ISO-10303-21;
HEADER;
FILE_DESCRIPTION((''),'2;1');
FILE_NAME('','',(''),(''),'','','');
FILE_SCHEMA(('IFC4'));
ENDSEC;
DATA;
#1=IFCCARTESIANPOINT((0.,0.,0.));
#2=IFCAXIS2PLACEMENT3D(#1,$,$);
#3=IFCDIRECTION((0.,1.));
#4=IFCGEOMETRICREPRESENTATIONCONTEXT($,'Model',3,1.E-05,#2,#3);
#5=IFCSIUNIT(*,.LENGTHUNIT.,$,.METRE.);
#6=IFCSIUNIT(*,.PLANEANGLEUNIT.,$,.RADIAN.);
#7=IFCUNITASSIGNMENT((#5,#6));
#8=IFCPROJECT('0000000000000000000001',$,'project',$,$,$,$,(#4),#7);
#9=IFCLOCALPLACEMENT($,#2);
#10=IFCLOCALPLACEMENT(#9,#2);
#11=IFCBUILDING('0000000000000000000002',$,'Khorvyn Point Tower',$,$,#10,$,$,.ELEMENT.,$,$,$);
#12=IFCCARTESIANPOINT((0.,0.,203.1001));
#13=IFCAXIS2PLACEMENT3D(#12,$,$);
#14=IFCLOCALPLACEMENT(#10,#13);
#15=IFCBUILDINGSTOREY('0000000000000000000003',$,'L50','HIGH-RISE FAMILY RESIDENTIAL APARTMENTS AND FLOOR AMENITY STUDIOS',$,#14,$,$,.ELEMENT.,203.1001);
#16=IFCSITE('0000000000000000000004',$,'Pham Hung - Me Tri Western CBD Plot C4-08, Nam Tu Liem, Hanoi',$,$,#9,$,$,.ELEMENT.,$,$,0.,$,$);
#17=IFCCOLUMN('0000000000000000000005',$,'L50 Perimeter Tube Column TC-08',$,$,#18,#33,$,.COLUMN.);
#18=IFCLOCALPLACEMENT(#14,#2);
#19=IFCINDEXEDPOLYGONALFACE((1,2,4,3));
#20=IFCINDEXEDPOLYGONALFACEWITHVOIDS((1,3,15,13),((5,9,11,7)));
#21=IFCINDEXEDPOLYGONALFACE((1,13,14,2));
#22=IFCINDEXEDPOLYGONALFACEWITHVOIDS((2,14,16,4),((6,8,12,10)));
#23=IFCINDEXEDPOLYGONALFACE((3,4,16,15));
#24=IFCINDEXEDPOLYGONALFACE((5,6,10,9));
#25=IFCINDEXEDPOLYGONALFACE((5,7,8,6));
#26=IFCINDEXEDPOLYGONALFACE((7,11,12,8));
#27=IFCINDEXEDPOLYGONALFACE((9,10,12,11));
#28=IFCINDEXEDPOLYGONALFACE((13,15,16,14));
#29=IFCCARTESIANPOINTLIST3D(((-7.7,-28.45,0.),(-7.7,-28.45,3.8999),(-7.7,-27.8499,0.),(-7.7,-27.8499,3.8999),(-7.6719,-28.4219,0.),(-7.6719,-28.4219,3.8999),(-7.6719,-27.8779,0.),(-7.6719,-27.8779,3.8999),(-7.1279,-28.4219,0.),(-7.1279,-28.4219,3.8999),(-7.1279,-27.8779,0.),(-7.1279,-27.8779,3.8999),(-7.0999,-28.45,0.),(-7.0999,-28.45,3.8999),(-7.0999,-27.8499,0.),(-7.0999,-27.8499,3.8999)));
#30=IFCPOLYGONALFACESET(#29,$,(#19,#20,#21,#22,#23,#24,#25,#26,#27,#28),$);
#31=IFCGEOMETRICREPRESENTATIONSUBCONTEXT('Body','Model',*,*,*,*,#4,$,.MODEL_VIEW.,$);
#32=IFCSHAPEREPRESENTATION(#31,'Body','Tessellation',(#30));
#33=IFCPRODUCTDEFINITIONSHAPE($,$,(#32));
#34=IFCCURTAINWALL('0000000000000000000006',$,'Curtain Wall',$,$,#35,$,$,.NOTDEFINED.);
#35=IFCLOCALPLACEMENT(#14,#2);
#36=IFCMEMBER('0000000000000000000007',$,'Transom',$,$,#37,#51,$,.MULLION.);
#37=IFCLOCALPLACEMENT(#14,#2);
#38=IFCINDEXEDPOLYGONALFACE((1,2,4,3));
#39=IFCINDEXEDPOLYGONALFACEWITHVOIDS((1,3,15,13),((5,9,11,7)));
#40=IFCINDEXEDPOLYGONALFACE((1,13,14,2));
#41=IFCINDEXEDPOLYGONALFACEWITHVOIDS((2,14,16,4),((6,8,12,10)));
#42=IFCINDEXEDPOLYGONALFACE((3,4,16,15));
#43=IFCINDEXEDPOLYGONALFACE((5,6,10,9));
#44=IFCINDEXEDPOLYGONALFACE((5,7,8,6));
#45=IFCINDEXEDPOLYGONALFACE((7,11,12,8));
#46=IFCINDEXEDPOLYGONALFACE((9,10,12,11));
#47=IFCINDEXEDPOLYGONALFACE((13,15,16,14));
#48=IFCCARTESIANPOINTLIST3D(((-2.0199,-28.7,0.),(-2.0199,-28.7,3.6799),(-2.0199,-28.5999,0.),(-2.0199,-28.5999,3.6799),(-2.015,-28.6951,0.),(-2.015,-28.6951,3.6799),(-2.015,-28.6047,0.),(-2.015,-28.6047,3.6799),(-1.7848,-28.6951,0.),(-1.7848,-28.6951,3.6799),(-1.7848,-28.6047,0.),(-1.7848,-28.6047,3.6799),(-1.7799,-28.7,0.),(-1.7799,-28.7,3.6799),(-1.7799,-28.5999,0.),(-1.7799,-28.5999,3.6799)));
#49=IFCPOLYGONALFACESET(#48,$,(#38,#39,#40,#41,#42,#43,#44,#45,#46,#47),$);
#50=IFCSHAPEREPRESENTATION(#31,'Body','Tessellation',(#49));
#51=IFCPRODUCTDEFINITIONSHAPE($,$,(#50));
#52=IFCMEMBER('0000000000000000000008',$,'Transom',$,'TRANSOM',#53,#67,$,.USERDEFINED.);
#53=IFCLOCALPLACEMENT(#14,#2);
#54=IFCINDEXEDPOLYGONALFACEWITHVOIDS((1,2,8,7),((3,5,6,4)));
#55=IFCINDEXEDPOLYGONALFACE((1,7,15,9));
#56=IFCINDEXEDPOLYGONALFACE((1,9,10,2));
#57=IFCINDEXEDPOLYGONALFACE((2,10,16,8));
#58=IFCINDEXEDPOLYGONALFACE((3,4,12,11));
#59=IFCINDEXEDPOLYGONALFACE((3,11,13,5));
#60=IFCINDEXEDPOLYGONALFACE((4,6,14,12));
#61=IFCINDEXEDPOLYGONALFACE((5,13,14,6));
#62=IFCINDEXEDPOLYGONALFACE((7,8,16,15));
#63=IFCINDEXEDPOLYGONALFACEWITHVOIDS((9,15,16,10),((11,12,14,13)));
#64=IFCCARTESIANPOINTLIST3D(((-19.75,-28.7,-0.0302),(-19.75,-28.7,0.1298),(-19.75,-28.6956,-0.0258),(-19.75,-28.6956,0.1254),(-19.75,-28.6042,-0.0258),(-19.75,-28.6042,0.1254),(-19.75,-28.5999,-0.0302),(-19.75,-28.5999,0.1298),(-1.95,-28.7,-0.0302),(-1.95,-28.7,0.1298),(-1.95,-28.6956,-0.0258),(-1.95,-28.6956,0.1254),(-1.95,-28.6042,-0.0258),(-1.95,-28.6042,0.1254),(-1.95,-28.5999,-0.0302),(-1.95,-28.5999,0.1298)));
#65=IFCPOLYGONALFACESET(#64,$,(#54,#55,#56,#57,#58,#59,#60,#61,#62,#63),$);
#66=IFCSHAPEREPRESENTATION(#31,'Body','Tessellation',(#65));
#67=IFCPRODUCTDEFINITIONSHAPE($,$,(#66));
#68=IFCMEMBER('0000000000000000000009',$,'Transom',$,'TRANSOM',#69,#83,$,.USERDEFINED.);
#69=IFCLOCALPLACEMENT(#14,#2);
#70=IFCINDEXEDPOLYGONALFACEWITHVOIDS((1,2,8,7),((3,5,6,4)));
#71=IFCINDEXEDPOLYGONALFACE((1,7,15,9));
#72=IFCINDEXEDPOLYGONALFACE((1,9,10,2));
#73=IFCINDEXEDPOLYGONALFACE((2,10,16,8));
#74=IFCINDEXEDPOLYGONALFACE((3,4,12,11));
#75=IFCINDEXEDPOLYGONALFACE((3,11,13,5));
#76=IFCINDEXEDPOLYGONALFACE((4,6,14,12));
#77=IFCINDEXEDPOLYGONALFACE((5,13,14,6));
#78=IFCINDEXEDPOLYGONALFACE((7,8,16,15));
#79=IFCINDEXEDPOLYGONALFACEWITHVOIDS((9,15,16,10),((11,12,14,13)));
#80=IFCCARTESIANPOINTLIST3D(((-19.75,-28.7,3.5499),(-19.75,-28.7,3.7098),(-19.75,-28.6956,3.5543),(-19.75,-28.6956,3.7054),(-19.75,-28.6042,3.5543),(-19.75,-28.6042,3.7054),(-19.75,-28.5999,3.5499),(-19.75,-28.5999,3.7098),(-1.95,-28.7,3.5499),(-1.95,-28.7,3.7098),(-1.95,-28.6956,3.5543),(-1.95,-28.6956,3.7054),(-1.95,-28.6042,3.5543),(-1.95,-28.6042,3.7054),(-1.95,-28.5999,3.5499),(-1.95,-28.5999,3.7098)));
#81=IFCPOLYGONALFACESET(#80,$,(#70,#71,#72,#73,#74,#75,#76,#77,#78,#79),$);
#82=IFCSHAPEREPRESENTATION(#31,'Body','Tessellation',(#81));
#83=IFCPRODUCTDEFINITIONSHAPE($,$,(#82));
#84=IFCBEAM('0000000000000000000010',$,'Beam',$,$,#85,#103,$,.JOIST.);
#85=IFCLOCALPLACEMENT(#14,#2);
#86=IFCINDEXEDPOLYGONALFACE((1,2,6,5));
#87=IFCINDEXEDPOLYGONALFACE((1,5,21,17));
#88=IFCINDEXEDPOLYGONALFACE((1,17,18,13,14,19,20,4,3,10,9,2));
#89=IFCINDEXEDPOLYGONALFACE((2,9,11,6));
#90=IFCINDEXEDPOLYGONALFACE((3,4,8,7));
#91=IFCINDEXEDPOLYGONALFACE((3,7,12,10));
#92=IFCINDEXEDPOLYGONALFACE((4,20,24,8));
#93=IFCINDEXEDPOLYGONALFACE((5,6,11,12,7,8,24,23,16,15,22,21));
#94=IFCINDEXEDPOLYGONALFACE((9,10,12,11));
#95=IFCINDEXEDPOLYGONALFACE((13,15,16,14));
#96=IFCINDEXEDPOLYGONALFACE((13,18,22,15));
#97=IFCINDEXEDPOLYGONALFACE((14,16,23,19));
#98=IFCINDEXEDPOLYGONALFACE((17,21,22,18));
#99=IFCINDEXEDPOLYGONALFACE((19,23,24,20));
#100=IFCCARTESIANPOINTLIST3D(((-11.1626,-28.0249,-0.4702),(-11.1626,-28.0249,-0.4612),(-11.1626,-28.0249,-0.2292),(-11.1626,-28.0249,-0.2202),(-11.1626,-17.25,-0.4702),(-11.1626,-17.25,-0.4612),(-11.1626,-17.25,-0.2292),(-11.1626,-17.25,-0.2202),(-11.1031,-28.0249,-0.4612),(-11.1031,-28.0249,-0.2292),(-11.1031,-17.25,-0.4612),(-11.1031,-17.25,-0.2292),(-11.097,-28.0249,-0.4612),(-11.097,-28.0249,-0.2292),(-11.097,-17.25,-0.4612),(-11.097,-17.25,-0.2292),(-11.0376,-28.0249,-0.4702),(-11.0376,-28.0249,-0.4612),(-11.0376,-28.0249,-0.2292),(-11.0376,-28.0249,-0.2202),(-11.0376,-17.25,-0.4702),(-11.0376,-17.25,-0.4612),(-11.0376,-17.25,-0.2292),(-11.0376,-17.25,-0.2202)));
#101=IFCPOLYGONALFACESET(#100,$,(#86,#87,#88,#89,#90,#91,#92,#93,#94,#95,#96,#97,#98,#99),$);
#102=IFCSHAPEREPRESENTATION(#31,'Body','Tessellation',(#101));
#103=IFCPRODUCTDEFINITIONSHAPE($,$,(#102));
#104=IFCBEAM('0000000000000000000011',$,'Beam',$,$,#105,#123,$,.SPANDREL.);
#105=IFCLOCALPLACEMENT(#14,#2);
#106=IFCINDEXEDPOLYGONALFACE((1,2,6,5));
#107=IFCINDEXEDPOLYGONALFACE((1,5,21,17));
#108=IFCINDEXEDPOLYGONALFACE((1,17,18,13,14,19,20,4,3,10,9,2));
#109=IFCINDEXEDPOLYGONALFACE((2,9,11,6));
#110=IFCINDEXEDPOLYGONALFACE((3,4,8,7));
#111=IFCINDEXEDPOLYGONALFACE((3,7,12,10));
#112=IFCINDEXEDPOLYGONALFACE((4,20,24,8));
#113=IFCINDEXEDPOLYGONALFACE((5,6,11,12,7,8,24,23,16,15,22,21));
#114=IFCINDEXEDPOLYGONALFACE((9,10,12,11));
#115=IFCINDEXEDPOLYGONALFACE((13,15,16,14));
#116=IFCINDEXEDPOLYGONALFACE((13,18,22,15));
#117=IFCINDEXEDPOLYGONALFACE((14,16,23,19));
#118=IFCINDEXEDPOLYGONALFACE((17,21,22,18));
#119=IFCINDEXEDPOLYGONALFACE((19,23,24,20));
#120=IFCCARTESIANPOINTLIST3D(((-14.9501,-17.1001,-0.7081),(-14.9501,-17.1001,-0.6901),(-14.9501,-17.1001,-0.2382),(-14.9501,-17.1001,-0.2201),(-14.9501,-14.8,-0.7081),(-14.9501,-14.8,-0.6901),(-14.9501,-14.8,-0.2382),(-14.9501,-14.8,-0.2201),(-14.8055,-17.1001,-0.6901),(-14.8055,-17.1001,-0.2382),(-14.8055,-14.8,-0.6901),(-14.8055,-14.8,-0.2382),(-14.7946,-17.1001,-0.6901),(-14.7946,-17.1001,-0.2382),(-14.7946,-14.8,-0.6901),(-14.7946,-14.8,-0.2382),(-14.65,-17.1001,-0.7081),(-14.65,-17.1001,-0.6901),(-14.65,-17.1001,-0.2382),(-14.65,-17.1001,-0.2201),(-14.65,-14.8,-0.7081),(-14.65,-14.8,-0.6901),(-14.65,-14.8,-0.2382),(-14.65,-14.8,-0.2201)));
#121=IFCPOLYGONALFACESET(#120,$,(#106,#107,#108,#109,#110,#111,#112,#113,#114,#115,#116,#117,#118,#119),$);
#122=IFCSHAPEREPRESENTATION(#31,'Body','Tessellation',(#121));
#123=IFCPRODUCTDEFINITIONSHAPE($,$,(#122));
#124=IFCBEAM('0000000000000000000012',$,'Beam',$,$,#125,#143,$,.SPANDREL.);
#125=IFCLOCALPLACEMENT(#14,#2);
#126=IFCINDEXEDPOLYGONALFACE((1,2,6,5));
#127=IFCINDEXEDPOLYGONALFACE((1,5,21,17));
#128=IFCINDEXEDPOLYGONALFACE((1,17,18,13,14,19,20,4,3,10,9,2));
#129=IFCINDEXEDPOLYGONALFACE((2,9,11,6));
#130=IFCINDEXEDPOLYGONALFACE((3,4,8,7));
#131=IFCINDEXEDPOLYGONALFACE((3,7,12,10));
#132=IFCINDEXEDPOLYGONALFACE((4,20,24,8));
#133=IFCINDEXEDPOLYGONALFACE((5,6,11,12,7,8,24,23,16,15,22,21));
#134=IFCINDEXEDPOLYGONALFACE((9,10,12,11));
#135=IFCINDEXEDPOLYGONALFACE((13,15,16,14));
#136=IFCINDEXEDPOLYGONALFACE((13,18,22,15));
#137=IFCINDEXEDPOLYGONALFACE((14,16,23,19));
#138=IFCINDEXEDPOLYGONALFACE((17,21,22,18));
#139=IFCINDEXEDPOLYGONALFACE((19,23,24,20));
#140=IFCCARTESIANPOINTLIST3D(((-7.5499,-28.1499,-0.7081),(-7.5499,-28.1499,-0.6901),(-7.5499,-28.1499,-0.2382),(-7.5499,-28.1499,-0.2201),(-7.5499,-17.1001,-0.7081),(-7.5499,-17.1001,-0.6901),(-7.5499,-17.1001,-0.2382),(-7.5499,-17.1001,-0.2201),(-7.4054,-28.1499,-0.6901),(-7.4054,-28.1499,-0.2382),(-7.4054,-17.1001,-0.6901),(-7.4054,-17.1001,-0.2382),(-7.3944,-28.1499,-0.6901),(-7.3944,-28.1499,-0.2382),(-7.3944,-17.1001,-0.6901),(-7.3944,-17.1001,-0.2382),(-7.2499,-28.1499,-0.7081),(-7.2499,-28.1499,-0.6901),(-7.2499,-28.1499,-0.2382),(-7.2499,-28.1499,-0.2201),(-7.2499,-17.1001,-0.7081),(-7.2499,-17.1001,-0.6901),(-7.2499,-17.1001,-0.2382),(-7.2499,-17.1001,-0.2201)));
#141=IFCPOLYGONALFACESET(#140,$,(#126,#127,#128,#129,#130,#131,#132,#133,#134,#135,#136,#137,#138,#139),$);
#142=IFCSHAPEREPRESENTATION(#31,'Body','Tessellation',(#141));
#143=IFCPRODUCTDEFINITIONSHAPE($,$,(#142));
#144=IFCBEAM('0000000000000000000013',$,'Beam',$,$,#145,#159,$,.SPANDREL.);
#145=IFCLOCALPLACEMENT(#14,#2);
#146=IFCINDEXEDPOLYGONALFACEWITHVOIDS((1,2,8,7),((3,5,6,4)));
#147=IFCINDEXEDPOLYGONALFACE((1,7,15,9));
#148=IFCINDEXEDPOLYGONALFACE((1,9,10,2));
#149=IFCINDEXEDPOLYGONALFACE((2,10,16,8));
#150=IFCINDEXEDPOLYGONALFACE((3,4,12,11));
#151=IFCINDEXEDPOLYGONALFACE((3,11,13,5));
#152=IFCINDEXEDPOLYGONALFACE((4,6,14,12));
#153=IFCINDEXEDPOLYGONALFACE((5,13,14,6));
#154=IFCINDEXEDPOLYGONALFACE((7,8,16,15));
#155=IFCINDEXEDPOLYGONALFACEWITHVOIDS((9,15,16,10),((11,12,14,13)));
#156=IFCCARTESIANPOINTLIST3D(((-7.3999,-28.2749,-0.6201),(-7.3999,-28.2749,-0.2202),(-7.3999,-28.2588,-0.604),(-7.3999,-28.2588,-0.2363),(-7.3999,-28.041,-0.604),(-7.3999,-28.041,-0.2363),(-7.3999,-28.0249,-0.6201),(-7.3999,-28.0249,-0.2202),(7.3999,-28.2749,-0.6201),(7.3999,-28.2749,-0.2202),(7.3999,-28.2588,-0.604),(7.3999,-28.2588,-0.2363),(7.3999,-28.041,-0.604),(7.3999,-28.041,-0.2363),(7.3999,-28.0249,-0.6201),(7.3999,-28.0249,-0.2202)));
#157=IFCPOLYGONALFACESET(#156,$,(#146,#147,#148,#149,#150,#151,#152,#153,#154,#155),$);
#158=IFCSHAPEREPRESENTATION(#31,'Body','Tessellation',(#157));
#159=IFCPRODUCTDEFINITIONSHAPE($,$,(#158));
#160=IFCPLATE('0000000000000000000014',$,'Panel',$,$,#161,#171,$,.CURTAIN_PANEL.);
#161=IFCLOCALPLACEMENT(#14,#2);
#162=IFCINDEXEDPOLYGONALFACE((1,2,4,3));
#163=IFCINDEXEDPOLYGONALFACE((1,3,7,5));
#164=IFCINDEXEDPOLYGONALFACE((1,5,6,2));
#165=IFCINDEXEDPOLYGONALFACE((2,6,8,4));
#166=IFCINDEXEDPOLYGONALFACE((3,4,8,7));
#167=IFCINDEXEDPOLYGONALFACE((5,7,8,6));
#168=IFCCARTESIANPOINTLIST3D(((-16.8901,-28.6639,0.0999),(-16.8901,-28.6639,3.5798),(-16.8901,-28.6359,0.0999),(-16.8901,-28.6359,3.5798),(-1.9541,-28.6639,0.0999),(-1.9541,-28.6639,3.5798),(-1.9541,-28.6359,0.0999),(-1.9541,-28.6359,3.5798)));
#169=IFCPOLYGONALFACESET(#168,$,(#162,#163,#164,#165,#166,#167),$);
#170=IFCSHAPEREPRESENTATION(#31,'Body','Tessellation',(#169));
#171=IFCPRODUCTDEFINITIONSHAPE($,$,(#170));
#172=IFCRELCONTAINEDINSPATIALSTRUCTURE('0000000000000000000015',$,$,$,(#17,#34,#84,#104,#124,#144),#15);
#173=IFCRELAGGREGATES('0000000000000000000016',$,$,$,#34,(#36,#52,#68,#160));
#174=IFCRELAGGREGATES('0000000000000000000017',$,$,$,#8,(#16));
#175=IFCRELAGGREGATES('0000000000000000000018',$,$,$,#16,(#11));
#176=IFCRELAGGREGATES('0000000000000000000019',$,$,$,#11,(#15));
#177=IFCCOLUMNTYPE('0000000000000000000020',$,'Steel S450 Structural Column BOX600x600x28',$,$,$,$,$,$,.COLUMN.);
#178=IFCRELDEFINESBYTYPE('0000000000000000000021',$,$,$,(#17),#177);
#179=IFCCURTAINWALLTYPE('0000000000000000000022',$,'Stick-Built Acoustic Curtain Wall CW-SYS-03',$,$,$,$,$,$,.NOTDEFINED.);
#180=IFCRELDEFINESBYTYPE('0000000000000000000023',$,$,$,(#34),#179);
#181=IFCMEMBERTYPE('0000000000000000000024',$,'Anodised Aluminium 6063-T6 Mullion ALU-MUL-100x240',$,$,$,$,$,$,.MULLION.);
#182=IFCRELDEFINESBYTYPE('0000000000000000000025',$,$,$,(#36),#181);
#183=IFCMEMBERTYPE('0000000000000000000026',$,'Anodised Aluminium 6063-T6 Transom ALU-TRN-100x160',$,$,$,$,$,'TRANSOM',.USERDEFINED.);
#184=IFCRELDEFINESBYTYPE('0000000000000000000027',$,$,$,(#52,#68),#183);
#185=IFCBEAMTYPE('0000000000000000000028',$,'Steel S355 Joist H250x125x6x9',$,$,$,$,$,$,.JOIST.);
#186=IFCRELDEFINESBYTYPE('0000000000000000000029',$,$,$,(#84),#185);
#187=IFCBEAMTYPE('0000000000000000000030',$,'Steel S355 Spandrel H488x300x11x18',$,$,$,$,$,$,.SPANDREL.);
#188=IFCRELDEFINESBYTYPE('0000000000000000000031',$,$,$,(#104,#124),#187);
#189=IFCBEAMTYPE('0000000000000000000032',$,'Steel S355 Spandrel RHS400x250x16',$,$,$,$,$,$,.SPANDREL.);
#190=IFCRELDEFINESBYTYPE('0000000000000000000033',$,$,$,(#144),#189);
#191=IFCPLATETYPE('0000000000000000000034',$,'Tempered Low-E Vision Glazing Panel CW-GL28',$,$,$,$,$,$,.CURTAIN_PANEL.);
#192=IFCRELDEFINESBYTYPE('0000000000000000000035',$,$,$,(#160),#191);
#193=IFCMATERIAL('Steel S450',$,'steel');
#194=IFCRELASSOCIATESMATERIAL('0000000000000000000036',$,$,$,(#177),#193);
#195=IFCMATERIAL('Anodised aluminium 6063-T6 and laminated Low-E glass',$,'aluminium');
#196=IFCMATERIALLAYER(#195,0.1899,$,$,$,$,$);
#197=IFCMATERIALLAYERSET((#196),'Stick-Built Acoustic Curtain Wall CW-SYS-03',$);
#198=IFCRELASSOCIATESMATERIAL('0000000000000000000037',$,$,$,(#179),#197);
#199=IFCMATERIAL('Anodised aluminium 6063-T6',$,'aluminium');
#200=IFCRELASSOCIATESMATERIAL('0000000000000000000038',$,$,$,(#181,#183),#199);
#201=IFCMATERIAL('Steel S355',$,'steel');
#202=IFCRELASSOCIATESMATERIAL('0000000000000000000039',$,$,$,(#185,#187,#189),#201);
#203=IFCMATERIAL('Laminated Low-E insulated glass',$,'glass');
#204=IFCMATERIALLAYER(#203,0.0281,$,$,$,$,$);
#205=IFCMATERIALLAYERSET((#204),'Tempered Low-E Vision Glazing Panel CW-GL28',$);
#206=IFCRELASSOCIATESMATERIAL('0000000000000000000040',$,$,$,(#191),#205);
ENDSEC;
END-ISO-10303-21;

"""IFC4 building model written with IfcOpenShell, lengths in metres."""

from ifc_helpers import new_model, si_unit, direction, frame, origin, origin_2d, place, context, subcontext, project, spatial, rectangle, hollow_rectangle, i_section, extrude, material, layer, layer_set, material_profile, profile_set, type_object, element, aggregate, save


model = new_model("IFC4")

# Units and contexts
model_context = context("Model", 3, precision=1e-05, world=origin(), true_north=direction((0.0, 1.0)))
body_context = subcontext(model_context, "Body", "Model", "MODEL_VIEW")
ifc_project = project(units=[si_unit("LENGTHUNIT", "METRE"), si_unit("PLANEANGLEUNIT", "RADIAN")], contexts=[model_context])

# Site, building, storey
site_placement = place(None, origin())
site = spatial("IfcSite", under=ifc_project, at=site_placement, Name="Pham Hung - Me Tri Western CBD Plot C4-08, Nam Tu Liem, Hanoi", CompositionType="ELEMENT", RefElevation=0.0)
building_placement = place(site_placement, origin())
building = spatial("IfcBuilding", under=site, at=building_placement, Name="Khorvyn Point Tower", CompositionType="ELEMENT")
storey_placement = place(building_placement, frame((0.0, 0.0, 203.1001)))
storey = spatial("IfcBuildingStorey", under=building, at=storey_placement, Name="L50", Description="HIGH-RISE FAMILY RESIDENTIAL APARTMENTS AND FLOOR AMENITY STUDIOS", CompositionType="ELEMENT", Elevation=203.1001)

# Column
ifc_material_1 = material(Name="Steel S450", Category="steel")
ifc_material_profile_1 = material_profile(ifc_material_1, hollow_rectangle(XDim=0.6001, YDim=0.6001, WallThickness=0.0281, at=origin_2d()))
ifc_profile_set_1 = profile_set([ifc_material_profile_1], Name="Steel S450 BOX600x600x28")
column_type = type_object("IfcColumnType", Name="Steel S450 Structural Column BOX600x600x28", PredefinedType="COLUMN", material=ifc_profile_set_1)
column_placement = place(storey_placement, frame((-7.3999, -28.1499, 0.0), z_axis=(0.0, 0.0, 1.0), x_axis=(1.0, 0.0, 0.0)))
element("IfcColumn", 1, at=column_placement, inside=storey, type_object=column_type, Name="L50 Perimeter Tube Column TC-08", PredefinedType="COLUMN", context=body_context, shape_type="SweptSolid", body=[
    extrude(hollow_rectangle(XDim=0.6001, YDim=0.6001, WallThickness=0.0281, at=origin_2d()), origin(), (0.0, 0.0, 1.0), 3.8999),
])

# Curtain wall, members
ifc_material_2 = material(Name="Anodised aluminium 6063-T6 and laminated Low-E glass", Category="aluminium")
ifc_layer_1 = layer(ifc_material_2, 0.1899)
ifc_layer_set_1 = layer_set([ifc_layer_1], Name="Stick-Built Acoustic Curtain Wall CW-SYS-03")
curtain_wall_type = type_object("IfcCurtainWallType", Name="Stick-Built Acoustic Curtain Wall CW-SYS-03", PredefinedType="NOTDEFINED", material=ifc_layer_set_1)
curtain_wall_placement = place(storey_placement, origin())
curtain_wall = element("IfcCurtainWall", 2, at=curtain_wall_placement, inside=storey, type_object=curtain_wall_type, Name="Curtain Wall", PredefinedType="NOTDEFINED")
ifc_material_3 = material(Name="Anodised aluminium 6063-T6", Category="aluminium")
ifc_material_profile_2 = material_profile(ifc_material_3, hollow_rectangle(XDim=0.1001, YDim=0.24, WallThickness=0.0049, at=origin_2d()))
ifc_profile_set_2 = profile_set([ifc_material_profile_2], Name="Anodised aluminium 6063-T6 ALU-MUL-100x240")
member_type_1 = type_object("IfcMemberType", Name="Anodised Aluminium 6063-T6 Mullion ALU-MUL-100x240", PredefinedType="MULLION", material=ifc_profile_set_2)
member_1_placement = place(storey_placement, frame((-1.8999, -28.6499, 0.0), z_axis=(0.0, 0.0, 1.0), x_axis=(0.0, -1.0, 0.0)))
member_1 = element("IfcMember", 3, at=member_1_placement, type_object=member_type_1, Name="Transom", PredefinedType="MULLION", context=body_context, shape_type="SweptSolid", body=[
    extrude(hollow_rectangle(XDim=0.1001, YDim=0.24, WallThickness=0.0049, at=origin_2d()), origin(), (0.0, 0.0, 1.0), 3.6799),
])
ifc_material_profile_3 = material_profile(ifc_material_3, hollow_rectangle(XDim=0.1001, YDim=0.1599, WallThickness=0.0044, at=origin_2d()))
ifc_profile_set_3 = profile_set([ifc_material_profile_3], Name="Anodised aluminium 6063-T6 ALU-TRN-100x160")
member_type_2 = type_object("IfcMemberType", Name="Anodised Aluminium 6063-T6 Transom ALU-TRN-100x160", ElementType="TRANSOM", PredefinedType="USERDEFINED", material=ifc_profile_set_3)
member_2_placement = place(storey_placement, frame((-1.95, -28.6499, 0.0498), z_axis=(-1.0, 0.0, 0.0), x_axis=(0.0, -1.0, 0.0)))
member_2 = element("IfcMember", 4, at=member_2_placement, type_object=member_type_2, Name="Transom", ObjectType="TRANSOM", PredefinedType="USERDEFINED", context=body_context, shape_type="SweptSolid", body=[
    extrude(hollow_rectangle(XDim=0.1001, YDim=0.1599, WallThickness=0.0044, at=origin_2d()), origin(), (0.0, 0.0, 1.0), 17.8),
])
member_3_placement = place(storey_placement, frame((-1.95, -28.6499, 3.6299), z_axis=(-1.0, 0.0, 0.0), x_axis=(0.0, -1.0, 0.0)))
member_3 = element("IfcMember", 5, at=member_3_placement, type_object=member_type_2, Name="Transom", ObjectType="TRANSOM", PredefinedType="USERDEFINED", context=body_context, shape_type="SweptSolid", body=[
    extrude(hollow_rectangle(XDim=0.1001, YDim=0.1599, WallThickness=0.0044, at=origin_2d()), origin(), (0.0, 0.0, 1.0), 17.8),
])

# Beams
ifc_material_4 = material(Name="Steel S355", Category="steel")
ifc_material_profile_4 = material_profile(ifc_material_4, i_section(OverallWidth=0.125, OverallDepth=0.25, WebThickness=0.0061, FlangeThickness=0.009, at=origin_2d()))
ifc_profile_set_4 = profile_set([ifc_material_profile_4], Name="Steel S355 H250x125x6x9")
beam_type_1 = type_object("IfcBeamType", Name="Steel S355 Joist H250x125x6x9", PredefinedType="JOIST", material=ifc_profile_set_4)
beam_1_placement = place(storey_placement, frame((-11.1001, -28.0249, -0.3452), z_axis=(0.0, 1.0, 0.0), x_axis=(-1.0, 0.0, 0.0)))
element("IfcBeam", 6, at=beam_1_placement, inside=storey, type_object=beam_type_1, Name="Beam", PredefinedType="JOIST", context=body_context, shape_type="SweptSolid", body=[
    extrude(i_section(OverallWidth=0.125, OverallDepth=0.25, WebThickness=0.0061, FlangeThickness=0.009, at=origin_2d()), origin(), (0.0, 0.0, 1.0), 10.7749),
])
ifc_material_profile_5 = material_profile(ifc_material_4, i_section(OverallWidth=0.3, OverallDepth=0.488, WebThickness=0.011, FlangeThickness=0.0181, at=origin_2d()))
ifc_profile_set_5 = profile_set([ifc_material_profile_5], Name="Steel S355 H488x300x11x18")
beam_type_2 = type_object("IfcBeamType", Name="Steel S355 Spandrel H488x300x11x18", PredefinedType="SPANDREL", material=ifc_profile_set_5)
beam_2_placement = place(storey_placement, frame((-14.8, -17.1001, -0.4641), z_axis=(0.0, 1.0, 0.0), x_axis=(-1.0, 0.0, 0.0)))
element("IfcBeam", 7, at=beam_2_placement, inside=storey, type_object=beam_type_2, Name="Beam", PredefinedType="SPANDREL", context=body_context, shape_type="SweptSolid", body=[
    extrude(i_section(OverallWidth=0.3, OverallDepth=0.488, WebThickness=0.011, FlangeThickness=0.0181, at=origin_2d()), origin(), (0.0, 0.0, 1.0), 2.3),
])
beam_3_placement = place(storey_placement, frame((-7.3999, -28.1499, -0.4641), z_axis=(0.0, 1.0, 0.0), x_axis=(-1.0, 0.0, 0.0)))
element("IfcBeam", 8, at=beam_3_placement, inside=storey, type_object=beam_type_2, Name="Beam", PredefinedType="SPANDREL", context=body_context, shape_type="SweptSolid", body=[
    extrude(i_section(OverallWidth=0.3, OverallDepth=0.488, WebThickness=0.011, FlangeThickness=0.0181, at=origin_2d()), origin(), (0.0, 0.0, 1.0), 11.0498),
])
ifc_material_profile_6 = material_profile(ifc_material_4, hollow_rectangle(XDim=0.25, YDim=0.3999, WallThickness=0.0161, at=origin_2d()))
ifc_profile_set_6 = profile_set([ifc_material_profile_6], Name="Steel S355 RHS400x250x16")
beam_type_3 = type_object("IfcBeamType", Name="Steel S355 Spandrel RHS400x250x16", PredefinedType="SPANDREL", material=ifc_profile_set_6)
beam_4_placement = place(storey_placement, frame((-7.3999, -28.1499, -0.4202), z_axis=(1.0, 0.0, 0.0), x_axis=(0.0, 1.0, 0.0)))
element("IfcBeam", 9, at=beam_4_placement, inside=storey, type_object=beam_type_3, Name="Beam", PredefinedType="SPANDREL", context=body_context, shape_type="SweptSolid", body=[
    extrude(hollow_rectangle(XDim=0.25, YDim=0.3999, WallThickness=0.0161, at=origin_2d()), origin(), (0.0, 0.0, 1.0), 14.7998),
])

# Plate
ifc_material_5 = material(Name="Laminated Low-E insulated glass", Category="glass")
ifc_layer_2 = layer(ifc_material_5, 0.0281)
ifc_layer_set_2 = layer_set([ifc_layer_2], Name="Tempered Low-E Vision Glazing Panel CW-GL28")
plate_type = type_object("IfcPlateType", Name="Tempered Low-E Vision Glazing Panel CW-GL28", PredefinedType="CURTAIN_PANEL", material=ifc_layer_set_2)
plate_placement = place(storey_placement, frame((-9.4221, -28.6499, 0.0999), z_axis=(0.0, 0.0, 1.0), x_axis=(-1.0, 0.0, 0.0)))
plate = element("IfcPlate", 10, at=plate_placement, type_object=plate_type, Name="Panel", PredefinedType="CURTAIN_PANEL", context=body_context, shape_type="SweptSolid", body=[
    extrude(rectangle(XDim=14.936, YDim=0.0281, at=origin_2d()), origin(), (0.0, 0.0, 1.0), 3.48),
])
aggregate(curtain_wall, [member_1, member_2, member_3, plate])

save(model, "model.ifc")
